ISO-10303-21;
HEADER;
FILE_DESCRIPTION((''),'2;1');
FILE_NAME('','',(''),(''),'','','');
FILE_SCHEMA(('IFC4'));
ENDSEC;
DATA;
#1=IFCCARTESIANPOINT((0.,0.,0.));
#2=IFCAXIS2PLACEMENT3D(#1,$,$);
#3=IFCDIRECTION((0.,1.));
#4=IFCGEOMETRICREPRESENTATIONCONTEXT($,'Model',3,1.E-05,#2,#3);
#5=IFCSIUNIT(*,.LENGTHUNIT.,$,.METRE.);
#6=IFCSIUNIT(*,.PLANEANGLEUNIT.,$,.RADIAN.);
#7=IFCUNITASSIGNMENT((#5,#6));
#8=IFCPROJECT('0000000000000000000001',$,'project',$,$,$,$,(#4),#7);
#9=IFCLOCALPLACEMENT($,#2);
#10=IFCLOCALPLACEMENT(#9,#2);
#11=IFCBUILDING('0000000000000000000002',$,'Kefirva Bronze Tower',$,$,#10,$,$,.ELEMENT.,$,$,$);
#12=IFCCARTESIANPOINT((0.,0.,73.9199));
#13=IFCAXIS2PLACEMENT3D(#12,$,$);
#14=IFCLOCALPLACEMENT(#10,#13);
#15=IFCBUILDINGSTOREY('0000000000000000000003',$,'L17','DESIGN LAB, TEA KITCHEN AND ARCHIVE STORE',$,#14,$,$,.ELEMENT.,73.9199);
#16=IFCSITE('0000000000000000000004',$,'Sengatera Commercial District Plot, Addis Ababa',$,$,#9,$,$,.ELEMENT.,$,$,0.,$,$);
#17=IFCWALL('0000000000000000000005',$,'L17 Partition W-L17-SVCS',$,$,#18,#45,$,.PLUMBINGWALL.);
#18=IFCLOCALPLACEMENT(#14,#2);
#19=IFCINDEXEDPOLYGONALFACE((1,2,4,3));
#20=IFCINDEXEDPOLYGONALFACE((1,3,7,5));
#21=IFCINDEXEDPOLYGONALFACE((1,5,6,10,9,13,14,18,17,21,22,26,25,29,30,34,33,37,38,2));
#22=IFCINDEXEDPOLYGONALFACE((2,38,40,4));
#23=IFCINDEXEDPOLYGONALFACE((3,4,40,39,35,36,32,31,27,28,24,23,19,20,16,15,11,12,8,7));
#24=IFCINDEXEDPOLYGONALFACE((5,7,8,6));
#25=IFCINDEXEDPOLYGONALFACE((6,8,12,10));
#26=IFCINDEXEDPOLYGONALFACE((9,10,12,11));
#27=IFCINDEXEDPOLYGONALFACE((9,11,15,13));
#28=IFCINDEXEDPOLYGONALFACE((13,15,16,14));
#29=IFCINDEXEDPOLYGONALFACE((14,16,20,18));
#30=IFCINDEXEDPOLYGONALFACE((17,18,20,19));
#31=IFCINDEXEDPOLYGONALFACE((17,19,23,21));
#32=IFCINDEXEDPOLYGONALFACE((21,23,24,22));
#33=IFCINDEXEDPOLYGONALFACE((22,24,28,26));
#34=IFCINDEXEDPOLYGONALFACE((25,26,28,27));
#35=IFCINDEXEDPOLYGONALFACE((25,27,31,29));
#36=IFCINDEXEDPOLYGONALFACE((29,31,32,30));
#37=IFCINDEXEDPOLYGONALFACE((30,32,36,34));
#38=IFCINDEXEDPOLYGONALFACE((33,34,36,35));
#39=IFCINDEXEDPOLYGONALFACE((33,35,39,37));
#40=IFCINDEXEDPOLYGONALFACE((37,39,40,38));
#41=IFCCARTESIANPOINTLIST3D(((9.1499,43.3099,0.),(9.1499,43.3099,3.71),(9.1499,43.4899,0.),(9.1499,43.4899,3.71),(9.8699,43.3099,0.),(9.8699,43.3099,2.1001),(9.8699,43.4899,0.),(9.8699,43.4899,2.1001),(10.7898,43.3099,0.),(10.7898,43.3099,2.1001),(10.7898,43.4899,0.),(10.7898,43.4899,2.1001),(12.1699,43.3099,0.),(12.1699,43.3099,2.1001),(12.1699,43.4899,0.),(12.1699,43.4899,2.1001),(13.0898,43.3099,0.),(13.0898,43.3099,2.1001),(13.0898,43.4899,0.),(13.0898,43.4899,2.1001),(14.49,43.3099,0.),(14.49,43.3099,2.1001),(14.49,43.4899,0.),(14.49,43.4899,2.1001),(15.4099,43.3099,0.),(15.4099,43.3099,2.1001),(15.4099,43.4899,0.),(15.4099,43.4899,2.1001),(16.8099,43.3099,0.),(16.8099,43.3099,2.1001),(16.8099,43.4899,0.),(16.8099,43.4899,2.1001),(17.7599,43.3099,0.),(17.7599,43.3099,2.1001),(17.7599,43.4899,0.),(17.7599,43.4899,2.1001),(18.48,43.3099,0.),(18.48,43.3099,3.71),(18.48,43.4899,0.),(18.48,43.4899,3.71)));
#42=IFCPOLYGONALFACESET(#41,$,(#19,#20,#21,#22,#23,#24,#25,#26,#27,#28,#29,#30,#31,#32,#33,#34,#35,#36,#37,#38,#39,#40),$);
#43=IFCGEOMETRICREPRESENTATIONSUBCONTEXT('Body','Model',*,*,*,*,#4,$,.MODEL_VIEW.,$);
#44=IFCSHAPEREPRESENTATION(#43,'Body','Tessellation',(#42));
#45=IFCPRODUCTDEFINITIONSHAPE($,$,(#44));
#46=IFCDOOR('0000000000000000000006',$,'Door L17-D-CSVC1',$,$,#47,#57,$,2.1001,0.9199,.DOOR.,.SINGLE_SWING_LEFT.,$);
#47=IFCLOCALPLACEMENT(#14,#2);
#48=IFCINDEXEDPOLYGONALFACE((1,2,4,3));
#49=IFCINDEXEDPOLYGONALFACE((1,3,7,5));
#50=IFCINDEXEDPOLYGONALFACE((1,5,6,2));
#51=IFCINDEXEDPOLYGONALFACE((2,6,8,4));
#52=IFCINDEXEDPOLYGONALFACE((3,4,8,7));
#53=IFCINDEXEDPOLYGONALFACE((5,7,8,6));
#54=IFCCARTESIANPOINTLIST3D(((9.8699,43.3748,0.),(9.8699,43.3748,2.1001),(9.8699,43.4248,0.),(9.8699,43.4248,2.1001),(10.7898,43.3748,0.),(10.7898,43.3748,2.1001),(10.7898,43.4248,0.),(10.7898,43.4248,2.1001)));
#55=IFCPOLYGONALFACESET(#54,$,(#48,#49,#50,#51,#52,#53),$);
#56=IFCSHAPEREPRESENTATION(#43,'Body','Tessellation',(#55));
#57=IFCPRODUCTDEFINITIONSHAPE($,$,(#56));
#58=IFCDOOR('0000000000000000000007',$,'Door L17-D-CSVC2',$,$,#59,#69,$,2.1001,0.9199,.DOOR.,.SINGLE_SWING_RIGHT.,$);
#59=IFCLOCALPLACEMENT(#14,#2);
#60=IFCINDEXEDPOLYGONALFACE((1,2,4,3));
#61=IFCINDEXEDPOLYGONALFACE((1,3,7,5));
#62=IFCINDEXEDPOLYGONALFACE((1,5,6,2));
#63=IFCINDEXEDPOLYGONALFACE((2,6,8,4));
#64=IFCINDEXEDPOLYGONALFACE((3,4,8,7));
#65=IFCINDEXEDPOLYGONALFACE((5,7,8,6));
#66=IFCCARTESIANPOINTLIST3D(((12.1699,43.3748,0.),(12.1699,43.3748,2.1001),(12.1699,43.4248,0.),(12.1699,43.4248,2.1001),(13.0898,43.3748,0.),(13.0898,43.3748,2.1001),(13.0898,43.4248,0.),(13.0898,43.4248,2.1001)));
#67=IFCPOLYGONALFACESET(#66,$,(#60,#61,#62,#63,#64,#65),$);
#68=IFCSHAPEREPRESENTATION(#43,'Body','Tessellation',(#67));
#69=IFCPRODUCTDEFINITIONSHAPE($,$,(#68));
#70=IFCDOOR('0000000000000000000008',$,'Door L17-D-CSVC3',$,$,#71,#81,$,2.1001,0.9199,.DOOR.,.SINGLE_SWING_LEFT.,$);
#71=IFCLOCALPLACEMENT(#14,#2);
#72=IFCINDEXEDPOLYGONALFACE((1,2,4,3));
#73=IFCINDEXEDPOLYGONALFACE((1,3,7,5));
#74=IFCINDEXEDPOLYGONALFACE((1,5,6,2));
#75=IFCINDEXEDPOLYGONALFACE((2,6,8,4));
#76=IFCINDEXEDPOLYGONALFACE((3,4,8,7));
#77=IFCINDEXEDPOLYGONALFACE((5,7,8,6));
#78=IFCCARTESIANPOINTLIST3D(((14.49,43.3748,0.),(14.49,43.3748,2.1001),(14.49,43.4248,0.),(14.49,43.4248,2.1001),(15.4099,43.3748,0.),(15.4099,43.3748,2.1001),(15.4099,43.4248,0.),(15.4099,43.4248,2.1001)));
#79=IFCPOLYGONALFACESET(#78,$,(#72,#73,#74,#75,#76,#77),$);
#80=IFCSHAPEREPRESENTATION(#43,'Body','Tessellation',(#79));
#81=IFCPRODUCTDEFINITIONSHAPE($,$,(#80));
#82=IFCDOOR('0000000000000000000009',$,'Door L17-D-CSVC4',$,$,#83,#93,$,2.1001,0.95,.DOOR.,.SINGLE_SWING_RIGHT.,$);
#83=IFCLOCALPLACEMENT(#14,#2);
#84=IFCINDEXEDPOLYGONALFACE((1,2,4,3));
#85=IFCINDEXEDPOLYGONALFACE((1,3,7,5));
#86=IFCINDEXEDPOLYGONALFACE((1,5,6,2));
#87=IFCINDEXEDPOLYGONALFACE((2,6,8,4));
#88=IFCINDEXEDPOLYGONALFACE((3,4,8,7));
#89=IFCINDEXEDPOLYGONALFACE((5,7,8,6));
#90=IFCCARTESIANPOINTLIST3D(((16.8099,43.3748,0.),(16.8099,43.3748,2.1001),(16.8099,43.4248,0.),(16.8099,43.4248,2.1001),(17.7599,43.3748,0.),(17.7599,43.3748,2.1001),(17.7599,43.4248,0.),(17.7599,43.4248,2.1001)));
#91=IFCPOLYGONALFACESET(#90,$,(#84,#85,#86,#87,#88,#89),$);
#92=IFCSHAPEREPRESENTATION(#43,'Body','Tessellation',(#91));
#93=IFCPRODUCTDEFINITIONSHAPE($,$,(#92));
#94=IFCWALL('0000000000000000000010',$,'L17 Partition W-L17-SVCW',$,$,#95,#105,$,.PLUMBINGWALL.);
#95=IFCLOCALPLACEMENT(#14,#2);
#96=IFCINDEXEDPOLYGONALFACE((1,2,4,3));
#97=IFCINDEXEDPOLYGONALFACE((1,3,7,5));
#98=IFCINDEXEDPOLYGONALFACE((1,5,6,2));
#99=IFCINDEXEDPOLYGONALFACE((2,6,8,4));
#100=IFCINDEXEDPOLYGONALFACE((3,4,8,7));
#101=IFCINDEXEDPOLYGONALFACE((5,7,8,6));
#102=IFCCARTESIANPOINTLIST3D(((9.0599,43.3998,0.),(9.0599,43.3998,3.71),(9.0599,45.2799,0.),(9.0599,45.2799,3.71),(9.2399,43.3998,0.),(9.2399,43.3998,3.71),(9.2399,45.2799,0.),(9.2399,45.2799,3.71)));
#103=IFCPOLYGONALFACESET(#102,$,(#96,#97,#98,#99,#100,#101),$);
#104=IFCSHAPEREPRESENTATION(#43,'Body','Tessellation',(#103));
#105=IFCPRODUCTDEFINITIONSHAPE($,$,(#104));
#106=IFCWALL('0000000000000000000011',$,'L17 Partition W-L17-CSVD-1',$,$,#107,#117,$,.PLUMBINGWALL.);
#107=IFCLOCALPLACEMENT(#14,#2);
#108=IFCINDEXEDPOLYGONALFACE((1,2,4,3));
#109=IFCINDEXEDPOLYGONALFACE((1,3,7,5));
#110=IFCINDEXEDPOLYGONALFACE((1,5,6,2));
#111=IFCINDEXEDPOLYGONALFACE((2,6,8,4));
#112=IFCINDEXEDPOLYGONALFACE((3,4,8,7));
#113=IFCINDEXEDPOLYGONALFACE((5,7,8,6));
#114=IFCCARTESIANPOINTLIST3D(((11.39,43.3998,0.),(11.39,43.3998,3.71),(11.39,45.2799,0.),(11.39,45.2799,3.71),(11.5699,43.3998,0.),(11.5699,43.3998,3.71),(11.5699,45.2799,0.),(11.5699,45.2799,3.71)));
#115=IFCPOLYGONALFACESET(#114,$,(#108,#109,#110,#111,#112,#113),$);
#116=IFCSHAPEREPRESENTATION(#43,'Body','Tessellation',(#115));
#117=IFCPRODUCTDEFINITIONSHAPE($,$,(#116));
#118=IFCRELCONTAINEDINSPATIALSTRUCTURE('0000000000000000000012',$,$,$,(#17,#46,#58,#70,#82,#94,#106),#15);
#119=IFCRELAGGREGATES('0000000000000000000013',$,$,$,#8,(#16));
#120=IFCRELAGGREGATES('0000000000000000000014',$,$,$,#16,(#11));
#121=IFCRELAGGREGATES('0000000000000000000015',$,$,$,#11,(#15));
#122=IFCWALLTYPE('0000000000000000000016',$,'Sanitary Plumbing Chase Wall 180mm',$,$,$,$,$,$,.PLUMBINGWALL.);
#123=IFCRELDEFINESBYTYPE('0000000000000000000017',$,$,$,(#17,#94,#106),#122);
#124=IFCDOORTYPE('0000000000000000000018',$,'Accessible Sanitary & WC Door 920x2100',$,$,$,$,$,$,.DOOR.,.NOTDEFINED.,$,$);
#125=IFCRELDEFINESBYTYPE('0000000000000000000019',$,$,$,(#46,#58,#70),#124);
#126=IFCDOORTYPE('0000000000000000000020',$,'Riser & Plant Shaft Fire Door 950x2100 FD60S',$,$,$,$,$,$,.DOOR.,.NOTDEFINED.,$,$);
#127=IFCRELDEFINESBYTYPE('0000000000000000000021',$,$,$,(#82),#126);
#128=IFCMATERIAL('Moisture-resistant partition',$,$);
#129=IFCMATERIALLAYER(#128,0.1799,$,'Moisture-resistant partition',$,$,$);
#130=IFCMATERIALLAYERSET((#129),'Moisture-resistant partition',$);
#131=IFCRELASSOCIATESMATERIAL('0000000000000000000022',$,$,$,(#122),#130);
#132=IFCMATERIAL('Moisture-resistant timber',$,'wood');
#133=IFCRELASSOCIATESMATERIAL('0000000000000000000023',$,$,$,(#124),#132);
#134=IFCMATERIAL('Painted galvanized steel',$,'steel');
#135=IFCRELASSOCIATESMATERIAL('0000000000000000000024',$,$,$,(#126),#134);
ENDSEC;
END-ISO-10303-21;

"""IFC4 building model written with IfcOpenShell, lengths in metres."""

from ifc_helpers import new_model, si_unit, direction, frame, frame_2d, origin, place, context, subcontext, project, spatial, rectangle, extrude, material, layer, layer_set, type_object, element, fill, save


model = new_model("IFC4")

# Units and contexts
model_context = context("Model", 3, precision=1e-05, world=origin(), true_north=direction((0.0, 1.0)))
body_context = subcontext(model_context, "Body", "Model", "MODEL_VIEW")
ifc_project = project(units=[si_unit("LENGTHUNIT", "METRE"), si_unit("PLANEANGLEUNIT", "RADIAN")], contexts=[model_context])

# Site, building, storey
site_placement = place(None, origin())
site = spatial("IfcSite", under=ifc_project, at=site_placement, Name="Sengatera Commercial District Plot, Addis Ababa", CompositionType="ELEMENT", RefElevation=0.0)
building_placement = place(site_placement, origin())
building = spatial("IfcBuilding", under=site, at=building_placement, Name="Kefirva Bronze Tower", CompositionType="ELEMENT")
storey_placement = place(building_placement, frame((0.0, 0.0, 73.9199)))
storey = spatial("IfcBuildingStorey", under=building, at=storey_placement, Name="L17", Description="DESIGN LAB, TEA KITCHEN AND ARCHIVE STORE", CompositionType="ELEMENT", Elevation=73.9199)

# Wall, openings, doors
ifc_material_1 = material(Name="Moisture-resistant partition")
ifc_layer_1 = layer(ifc_material_1, 0.1799, Name="Moisture-resistant partition")
ifc_layer_set_1 = layer_set([ifc_layer_1], Name="Moisture-resistant partition")
wall_type_1 = type_object("IfcWallType", Name="Sanitary Plumbing Chase Wall 180mm", PredefinedType="PLUMBINGWALL", material=ifc_layer_set_1)
wall_1_placement = place(storey_placement, frame((9.1499, 43.3999, 0.0), z_axis=(0.0, 0.0, 1.0), x_axis=(1.0, 0.0, 0.0)))
wall_1 = element("IfcWall", 1, at=wall_1_placement, inside=storey, type_object=wall_type_1, Name="L17 Partition W-L17-SVCS", PredefinedType="PLUMBINGWALL", context=body_context, shape_type="SweptSolid", body=[
    extrude(rectangle(XDim=9.3301, YDim=0.1799, at=frame_2d((4.665, 0.0))), origin(), (0.0, 0.0, 1.0), 3.71),
])
opening_1_placement = place(wall_1_placement, frame((0.72, 0.0, 0.0)))
opening_1 = element("IfcOpeningElement", 2, at=opening_1_placement, cuts=wall_1, PredefinedType="OPENING", context=body_context, shape_type="SweptSolid", body=[
    extrude(rectangle(XDim=0.9199, YDim=2.1001, at=frame_2d((0.46, 1.05))), frame((0.0, 0.1001, 0.0), z_axis=(0.0, -1.0, 0.0), x_axis=(1.0, 0.0, 0.0)), (0.0, 0.0, 1.0), 0.2),
])
opening_2_placement = place(wall_1_placement, frame((3.02, 0.0, 0.0)))
opening_2 = element("IfcOpeningElement", 3, at=opening_2_placement, cuts=wall_1, PredefinedType="OPENING", context=body_context, shape_type="SweptSolid", body=[
    extrude(rectangle(XDim=0.9199, YDim=2.1001, at=frame_2d((0.46, 1.05))), frame((0.0, 0.1001, 0.0), z_axis=(0.0, -1.0, 0.0), x_axis=(1.0, 0.0, 0.0)), (0.0, 0.0, 1.0), 0.2),
])
opening_3_placement = place(wall_1_placement, frame((5.3401, 0.0, 0.0)))
opening_3 = element("IfcOpeningElement", 4, at=opening_3_placement, cuts=wall_1, PredefinedType="OPENING", context=body_context, shape_type="SweptSolid", body=[
    extrude(rectangle(XDim=0.9199, YDim=2.1001, at=frame_2d((0.46, 1.05))), frame((0.0, 0.1001, 0.0), z_axis=(0.0, -1.0, 0.0), x_axis=(1.0, 0.0, 0.0)), (0.0, 0.0, 1.0), 0.2),
])
opening_4_placement = place(wall_1_placement, frame((7.6599, 0.0, 0.0)))
opening_4 = element("IfcOpeningElement", 5, at=opening_4_placement, cuts=wall_1, PredefinedType="OPENING", context=body_context, shape_type="SweptSolid", body=[
    extrude(rectangle(XDim=0.95, YDim=2.1001, at=frame_2d((0.4751, 1.05))), frame((0.0, 0.1001, 0.0), z_axis=(0.0, -1.0, 0.0), x_axis=(1.0, 0.0, 0.0)), (0.0, 0.0, 1.0), 0.2),
])
ifc_material_2 = material(Name="Moisture-resistant timber", Category="wood")
door_type_1 = type_object("IfcDoorType", Name="Accessible Sanitary & WC Door 920x2100", OperationType="NOTDEFINED", PredefinedType="DOOR", material=ifc_material_2)
door_1_placement = place(opening_1_placement, origin())
door_1 = element("IfcDoor", 6, at=door_1_placement, inside=storey, type_object=door_type_1, Name="Door L17-D-CSVC1", OperationType="SINGLE_SWING_LEFT", OverallHeight=2.1001, OverallWidth=0.9199, PredefinedType="DOOR", context=body_context, shape_type="SweptSolid", body=[
    extrude(rectangle(XDim=0.9199, YDim=2.1001, at=frame_2d((0.46, 1.05))), frame((0.0, 0.0249, 0.0), z_axis=(0.0, -1.0, 0.0), x_axis=(1.0, 0.0, 0.0)), (0.0, 0.0, 1.0), 0.05),
])
fill(opening_1, door_1)
door_2_placement = place(opening_2_placement, origin())
door_2 = element("IfcDoor", 7, at=door_2_placement, inside=storey, type_object=door_type_1, Name="Door L17-D-CSVC2", OperationType="SINGLE_SWING_RIGHT", OverallHeight=2.1001, OverallWidth=0.9199, PredefinedType="DOOR", context=body_context, shape_type="SweptSolid", body=[
    extrude(rectangle(XDim=0.9199, YDim=2.1001, at=frame_2d((0.46, 1.05))), frame((0.0, 0.0249, 0.0), z_axis=(0.0, -1.0, 0.0), x_axis=(1.0, 0.0, 0.0)), (0.0, 0.0, 1.0), 0.05),
])
fill(opening_2, door_2)
door_3_placement = place(opening_3_placement, origin())
door_3 = element("IfcDoor", 8, at=door_3_placement, inside=storey, type_object=door_type_1, Name="Door L17-D-CSVC3", OperationType="SINGLE_SWING_LEFT", OverallHeight=2.1001, OverallWidth=0.9199, PredefinedType="DOOR", context=body_context, shape_type="SweptSolid", body=[
    extrude(rectangle(XDim=0.9199, YDim=2.1001, at=frame_2d((0.46, 1.05))), frame((0.0, 0.0249, 0.0), z_axis=(0.0, -1.0, 0.0), x_axis=(1.0, 0.0, 0.0)), (0.0, 0.0, 1.0), 0.05),
])
fill(opening_3, door_3)
ifc_material_3 = material(Name="Painted galvanized steel", Category="steel")
door_type_2 = type_object("IfcDoorType", Name="Riser & Plant Shaft Fire Door 950x2100 FD60S", OperationType="NOTDEFINED", PredefinedType="DOOR", material=ifc_material_3)
door_4_placement = place(opening_4_placement, origin())
door_4 = element("IfcDoor", 9, at=door_4_placement, inside=storey, type_object=door_type_2, Name="Door L17-D-CSVC4", OperationType="SINGLE_SWING_RIGHT", OverallHeight=2.1001, OverallWidth=0.95, PredefinedType="DOOR", context=body_context, shape_type="SweptSolid", body=[
    extrude(rectangle(XDim=0.95, YDim=2.1001, at=frame_2d((0.4751, 1.05))), frame((0.0, 0.0249, 0.0), z_axis=(0.0, -1.0, 0.0), x_axis=(1.0, 0.0, 0.0)), (0.0, 0.0, 1.0), 0.05),
])
fill(opening_4, door_4)

# Walls
for number, where, z_axis, x_axis, name in (
    (10, (9.1499, 43.3999, 0.0), (0.0, 0.0, 1.0), (0.0, 1.0, 0.0), "L17 Partition W-L17-SVCW"),
    (11, (11.48, 43.3999, 0.0), (0.0, 0.0, 1.0), (0.0, 1.0, 0.0), "L17 Partition W-L17-CSVD-1"),
):
    element("IfcWall", number, at=place(storey_placement, frame(where, z_axis=z_axis, x_axis=x_axis)), inside=storey, type_object=wall_type_1, Name=name, PredefinedType="PLUMBINGWALL", context=body_context, shape_type="SweptSolid", body=[
        extrude(rectangle(XDim=1.8801, YDim=0.1799, at=frame_2d((0.9399, 0.0))), origin(), (0.0, 0.0, 1.0), 3.71),
    ])

save(model, "model.ifc")
